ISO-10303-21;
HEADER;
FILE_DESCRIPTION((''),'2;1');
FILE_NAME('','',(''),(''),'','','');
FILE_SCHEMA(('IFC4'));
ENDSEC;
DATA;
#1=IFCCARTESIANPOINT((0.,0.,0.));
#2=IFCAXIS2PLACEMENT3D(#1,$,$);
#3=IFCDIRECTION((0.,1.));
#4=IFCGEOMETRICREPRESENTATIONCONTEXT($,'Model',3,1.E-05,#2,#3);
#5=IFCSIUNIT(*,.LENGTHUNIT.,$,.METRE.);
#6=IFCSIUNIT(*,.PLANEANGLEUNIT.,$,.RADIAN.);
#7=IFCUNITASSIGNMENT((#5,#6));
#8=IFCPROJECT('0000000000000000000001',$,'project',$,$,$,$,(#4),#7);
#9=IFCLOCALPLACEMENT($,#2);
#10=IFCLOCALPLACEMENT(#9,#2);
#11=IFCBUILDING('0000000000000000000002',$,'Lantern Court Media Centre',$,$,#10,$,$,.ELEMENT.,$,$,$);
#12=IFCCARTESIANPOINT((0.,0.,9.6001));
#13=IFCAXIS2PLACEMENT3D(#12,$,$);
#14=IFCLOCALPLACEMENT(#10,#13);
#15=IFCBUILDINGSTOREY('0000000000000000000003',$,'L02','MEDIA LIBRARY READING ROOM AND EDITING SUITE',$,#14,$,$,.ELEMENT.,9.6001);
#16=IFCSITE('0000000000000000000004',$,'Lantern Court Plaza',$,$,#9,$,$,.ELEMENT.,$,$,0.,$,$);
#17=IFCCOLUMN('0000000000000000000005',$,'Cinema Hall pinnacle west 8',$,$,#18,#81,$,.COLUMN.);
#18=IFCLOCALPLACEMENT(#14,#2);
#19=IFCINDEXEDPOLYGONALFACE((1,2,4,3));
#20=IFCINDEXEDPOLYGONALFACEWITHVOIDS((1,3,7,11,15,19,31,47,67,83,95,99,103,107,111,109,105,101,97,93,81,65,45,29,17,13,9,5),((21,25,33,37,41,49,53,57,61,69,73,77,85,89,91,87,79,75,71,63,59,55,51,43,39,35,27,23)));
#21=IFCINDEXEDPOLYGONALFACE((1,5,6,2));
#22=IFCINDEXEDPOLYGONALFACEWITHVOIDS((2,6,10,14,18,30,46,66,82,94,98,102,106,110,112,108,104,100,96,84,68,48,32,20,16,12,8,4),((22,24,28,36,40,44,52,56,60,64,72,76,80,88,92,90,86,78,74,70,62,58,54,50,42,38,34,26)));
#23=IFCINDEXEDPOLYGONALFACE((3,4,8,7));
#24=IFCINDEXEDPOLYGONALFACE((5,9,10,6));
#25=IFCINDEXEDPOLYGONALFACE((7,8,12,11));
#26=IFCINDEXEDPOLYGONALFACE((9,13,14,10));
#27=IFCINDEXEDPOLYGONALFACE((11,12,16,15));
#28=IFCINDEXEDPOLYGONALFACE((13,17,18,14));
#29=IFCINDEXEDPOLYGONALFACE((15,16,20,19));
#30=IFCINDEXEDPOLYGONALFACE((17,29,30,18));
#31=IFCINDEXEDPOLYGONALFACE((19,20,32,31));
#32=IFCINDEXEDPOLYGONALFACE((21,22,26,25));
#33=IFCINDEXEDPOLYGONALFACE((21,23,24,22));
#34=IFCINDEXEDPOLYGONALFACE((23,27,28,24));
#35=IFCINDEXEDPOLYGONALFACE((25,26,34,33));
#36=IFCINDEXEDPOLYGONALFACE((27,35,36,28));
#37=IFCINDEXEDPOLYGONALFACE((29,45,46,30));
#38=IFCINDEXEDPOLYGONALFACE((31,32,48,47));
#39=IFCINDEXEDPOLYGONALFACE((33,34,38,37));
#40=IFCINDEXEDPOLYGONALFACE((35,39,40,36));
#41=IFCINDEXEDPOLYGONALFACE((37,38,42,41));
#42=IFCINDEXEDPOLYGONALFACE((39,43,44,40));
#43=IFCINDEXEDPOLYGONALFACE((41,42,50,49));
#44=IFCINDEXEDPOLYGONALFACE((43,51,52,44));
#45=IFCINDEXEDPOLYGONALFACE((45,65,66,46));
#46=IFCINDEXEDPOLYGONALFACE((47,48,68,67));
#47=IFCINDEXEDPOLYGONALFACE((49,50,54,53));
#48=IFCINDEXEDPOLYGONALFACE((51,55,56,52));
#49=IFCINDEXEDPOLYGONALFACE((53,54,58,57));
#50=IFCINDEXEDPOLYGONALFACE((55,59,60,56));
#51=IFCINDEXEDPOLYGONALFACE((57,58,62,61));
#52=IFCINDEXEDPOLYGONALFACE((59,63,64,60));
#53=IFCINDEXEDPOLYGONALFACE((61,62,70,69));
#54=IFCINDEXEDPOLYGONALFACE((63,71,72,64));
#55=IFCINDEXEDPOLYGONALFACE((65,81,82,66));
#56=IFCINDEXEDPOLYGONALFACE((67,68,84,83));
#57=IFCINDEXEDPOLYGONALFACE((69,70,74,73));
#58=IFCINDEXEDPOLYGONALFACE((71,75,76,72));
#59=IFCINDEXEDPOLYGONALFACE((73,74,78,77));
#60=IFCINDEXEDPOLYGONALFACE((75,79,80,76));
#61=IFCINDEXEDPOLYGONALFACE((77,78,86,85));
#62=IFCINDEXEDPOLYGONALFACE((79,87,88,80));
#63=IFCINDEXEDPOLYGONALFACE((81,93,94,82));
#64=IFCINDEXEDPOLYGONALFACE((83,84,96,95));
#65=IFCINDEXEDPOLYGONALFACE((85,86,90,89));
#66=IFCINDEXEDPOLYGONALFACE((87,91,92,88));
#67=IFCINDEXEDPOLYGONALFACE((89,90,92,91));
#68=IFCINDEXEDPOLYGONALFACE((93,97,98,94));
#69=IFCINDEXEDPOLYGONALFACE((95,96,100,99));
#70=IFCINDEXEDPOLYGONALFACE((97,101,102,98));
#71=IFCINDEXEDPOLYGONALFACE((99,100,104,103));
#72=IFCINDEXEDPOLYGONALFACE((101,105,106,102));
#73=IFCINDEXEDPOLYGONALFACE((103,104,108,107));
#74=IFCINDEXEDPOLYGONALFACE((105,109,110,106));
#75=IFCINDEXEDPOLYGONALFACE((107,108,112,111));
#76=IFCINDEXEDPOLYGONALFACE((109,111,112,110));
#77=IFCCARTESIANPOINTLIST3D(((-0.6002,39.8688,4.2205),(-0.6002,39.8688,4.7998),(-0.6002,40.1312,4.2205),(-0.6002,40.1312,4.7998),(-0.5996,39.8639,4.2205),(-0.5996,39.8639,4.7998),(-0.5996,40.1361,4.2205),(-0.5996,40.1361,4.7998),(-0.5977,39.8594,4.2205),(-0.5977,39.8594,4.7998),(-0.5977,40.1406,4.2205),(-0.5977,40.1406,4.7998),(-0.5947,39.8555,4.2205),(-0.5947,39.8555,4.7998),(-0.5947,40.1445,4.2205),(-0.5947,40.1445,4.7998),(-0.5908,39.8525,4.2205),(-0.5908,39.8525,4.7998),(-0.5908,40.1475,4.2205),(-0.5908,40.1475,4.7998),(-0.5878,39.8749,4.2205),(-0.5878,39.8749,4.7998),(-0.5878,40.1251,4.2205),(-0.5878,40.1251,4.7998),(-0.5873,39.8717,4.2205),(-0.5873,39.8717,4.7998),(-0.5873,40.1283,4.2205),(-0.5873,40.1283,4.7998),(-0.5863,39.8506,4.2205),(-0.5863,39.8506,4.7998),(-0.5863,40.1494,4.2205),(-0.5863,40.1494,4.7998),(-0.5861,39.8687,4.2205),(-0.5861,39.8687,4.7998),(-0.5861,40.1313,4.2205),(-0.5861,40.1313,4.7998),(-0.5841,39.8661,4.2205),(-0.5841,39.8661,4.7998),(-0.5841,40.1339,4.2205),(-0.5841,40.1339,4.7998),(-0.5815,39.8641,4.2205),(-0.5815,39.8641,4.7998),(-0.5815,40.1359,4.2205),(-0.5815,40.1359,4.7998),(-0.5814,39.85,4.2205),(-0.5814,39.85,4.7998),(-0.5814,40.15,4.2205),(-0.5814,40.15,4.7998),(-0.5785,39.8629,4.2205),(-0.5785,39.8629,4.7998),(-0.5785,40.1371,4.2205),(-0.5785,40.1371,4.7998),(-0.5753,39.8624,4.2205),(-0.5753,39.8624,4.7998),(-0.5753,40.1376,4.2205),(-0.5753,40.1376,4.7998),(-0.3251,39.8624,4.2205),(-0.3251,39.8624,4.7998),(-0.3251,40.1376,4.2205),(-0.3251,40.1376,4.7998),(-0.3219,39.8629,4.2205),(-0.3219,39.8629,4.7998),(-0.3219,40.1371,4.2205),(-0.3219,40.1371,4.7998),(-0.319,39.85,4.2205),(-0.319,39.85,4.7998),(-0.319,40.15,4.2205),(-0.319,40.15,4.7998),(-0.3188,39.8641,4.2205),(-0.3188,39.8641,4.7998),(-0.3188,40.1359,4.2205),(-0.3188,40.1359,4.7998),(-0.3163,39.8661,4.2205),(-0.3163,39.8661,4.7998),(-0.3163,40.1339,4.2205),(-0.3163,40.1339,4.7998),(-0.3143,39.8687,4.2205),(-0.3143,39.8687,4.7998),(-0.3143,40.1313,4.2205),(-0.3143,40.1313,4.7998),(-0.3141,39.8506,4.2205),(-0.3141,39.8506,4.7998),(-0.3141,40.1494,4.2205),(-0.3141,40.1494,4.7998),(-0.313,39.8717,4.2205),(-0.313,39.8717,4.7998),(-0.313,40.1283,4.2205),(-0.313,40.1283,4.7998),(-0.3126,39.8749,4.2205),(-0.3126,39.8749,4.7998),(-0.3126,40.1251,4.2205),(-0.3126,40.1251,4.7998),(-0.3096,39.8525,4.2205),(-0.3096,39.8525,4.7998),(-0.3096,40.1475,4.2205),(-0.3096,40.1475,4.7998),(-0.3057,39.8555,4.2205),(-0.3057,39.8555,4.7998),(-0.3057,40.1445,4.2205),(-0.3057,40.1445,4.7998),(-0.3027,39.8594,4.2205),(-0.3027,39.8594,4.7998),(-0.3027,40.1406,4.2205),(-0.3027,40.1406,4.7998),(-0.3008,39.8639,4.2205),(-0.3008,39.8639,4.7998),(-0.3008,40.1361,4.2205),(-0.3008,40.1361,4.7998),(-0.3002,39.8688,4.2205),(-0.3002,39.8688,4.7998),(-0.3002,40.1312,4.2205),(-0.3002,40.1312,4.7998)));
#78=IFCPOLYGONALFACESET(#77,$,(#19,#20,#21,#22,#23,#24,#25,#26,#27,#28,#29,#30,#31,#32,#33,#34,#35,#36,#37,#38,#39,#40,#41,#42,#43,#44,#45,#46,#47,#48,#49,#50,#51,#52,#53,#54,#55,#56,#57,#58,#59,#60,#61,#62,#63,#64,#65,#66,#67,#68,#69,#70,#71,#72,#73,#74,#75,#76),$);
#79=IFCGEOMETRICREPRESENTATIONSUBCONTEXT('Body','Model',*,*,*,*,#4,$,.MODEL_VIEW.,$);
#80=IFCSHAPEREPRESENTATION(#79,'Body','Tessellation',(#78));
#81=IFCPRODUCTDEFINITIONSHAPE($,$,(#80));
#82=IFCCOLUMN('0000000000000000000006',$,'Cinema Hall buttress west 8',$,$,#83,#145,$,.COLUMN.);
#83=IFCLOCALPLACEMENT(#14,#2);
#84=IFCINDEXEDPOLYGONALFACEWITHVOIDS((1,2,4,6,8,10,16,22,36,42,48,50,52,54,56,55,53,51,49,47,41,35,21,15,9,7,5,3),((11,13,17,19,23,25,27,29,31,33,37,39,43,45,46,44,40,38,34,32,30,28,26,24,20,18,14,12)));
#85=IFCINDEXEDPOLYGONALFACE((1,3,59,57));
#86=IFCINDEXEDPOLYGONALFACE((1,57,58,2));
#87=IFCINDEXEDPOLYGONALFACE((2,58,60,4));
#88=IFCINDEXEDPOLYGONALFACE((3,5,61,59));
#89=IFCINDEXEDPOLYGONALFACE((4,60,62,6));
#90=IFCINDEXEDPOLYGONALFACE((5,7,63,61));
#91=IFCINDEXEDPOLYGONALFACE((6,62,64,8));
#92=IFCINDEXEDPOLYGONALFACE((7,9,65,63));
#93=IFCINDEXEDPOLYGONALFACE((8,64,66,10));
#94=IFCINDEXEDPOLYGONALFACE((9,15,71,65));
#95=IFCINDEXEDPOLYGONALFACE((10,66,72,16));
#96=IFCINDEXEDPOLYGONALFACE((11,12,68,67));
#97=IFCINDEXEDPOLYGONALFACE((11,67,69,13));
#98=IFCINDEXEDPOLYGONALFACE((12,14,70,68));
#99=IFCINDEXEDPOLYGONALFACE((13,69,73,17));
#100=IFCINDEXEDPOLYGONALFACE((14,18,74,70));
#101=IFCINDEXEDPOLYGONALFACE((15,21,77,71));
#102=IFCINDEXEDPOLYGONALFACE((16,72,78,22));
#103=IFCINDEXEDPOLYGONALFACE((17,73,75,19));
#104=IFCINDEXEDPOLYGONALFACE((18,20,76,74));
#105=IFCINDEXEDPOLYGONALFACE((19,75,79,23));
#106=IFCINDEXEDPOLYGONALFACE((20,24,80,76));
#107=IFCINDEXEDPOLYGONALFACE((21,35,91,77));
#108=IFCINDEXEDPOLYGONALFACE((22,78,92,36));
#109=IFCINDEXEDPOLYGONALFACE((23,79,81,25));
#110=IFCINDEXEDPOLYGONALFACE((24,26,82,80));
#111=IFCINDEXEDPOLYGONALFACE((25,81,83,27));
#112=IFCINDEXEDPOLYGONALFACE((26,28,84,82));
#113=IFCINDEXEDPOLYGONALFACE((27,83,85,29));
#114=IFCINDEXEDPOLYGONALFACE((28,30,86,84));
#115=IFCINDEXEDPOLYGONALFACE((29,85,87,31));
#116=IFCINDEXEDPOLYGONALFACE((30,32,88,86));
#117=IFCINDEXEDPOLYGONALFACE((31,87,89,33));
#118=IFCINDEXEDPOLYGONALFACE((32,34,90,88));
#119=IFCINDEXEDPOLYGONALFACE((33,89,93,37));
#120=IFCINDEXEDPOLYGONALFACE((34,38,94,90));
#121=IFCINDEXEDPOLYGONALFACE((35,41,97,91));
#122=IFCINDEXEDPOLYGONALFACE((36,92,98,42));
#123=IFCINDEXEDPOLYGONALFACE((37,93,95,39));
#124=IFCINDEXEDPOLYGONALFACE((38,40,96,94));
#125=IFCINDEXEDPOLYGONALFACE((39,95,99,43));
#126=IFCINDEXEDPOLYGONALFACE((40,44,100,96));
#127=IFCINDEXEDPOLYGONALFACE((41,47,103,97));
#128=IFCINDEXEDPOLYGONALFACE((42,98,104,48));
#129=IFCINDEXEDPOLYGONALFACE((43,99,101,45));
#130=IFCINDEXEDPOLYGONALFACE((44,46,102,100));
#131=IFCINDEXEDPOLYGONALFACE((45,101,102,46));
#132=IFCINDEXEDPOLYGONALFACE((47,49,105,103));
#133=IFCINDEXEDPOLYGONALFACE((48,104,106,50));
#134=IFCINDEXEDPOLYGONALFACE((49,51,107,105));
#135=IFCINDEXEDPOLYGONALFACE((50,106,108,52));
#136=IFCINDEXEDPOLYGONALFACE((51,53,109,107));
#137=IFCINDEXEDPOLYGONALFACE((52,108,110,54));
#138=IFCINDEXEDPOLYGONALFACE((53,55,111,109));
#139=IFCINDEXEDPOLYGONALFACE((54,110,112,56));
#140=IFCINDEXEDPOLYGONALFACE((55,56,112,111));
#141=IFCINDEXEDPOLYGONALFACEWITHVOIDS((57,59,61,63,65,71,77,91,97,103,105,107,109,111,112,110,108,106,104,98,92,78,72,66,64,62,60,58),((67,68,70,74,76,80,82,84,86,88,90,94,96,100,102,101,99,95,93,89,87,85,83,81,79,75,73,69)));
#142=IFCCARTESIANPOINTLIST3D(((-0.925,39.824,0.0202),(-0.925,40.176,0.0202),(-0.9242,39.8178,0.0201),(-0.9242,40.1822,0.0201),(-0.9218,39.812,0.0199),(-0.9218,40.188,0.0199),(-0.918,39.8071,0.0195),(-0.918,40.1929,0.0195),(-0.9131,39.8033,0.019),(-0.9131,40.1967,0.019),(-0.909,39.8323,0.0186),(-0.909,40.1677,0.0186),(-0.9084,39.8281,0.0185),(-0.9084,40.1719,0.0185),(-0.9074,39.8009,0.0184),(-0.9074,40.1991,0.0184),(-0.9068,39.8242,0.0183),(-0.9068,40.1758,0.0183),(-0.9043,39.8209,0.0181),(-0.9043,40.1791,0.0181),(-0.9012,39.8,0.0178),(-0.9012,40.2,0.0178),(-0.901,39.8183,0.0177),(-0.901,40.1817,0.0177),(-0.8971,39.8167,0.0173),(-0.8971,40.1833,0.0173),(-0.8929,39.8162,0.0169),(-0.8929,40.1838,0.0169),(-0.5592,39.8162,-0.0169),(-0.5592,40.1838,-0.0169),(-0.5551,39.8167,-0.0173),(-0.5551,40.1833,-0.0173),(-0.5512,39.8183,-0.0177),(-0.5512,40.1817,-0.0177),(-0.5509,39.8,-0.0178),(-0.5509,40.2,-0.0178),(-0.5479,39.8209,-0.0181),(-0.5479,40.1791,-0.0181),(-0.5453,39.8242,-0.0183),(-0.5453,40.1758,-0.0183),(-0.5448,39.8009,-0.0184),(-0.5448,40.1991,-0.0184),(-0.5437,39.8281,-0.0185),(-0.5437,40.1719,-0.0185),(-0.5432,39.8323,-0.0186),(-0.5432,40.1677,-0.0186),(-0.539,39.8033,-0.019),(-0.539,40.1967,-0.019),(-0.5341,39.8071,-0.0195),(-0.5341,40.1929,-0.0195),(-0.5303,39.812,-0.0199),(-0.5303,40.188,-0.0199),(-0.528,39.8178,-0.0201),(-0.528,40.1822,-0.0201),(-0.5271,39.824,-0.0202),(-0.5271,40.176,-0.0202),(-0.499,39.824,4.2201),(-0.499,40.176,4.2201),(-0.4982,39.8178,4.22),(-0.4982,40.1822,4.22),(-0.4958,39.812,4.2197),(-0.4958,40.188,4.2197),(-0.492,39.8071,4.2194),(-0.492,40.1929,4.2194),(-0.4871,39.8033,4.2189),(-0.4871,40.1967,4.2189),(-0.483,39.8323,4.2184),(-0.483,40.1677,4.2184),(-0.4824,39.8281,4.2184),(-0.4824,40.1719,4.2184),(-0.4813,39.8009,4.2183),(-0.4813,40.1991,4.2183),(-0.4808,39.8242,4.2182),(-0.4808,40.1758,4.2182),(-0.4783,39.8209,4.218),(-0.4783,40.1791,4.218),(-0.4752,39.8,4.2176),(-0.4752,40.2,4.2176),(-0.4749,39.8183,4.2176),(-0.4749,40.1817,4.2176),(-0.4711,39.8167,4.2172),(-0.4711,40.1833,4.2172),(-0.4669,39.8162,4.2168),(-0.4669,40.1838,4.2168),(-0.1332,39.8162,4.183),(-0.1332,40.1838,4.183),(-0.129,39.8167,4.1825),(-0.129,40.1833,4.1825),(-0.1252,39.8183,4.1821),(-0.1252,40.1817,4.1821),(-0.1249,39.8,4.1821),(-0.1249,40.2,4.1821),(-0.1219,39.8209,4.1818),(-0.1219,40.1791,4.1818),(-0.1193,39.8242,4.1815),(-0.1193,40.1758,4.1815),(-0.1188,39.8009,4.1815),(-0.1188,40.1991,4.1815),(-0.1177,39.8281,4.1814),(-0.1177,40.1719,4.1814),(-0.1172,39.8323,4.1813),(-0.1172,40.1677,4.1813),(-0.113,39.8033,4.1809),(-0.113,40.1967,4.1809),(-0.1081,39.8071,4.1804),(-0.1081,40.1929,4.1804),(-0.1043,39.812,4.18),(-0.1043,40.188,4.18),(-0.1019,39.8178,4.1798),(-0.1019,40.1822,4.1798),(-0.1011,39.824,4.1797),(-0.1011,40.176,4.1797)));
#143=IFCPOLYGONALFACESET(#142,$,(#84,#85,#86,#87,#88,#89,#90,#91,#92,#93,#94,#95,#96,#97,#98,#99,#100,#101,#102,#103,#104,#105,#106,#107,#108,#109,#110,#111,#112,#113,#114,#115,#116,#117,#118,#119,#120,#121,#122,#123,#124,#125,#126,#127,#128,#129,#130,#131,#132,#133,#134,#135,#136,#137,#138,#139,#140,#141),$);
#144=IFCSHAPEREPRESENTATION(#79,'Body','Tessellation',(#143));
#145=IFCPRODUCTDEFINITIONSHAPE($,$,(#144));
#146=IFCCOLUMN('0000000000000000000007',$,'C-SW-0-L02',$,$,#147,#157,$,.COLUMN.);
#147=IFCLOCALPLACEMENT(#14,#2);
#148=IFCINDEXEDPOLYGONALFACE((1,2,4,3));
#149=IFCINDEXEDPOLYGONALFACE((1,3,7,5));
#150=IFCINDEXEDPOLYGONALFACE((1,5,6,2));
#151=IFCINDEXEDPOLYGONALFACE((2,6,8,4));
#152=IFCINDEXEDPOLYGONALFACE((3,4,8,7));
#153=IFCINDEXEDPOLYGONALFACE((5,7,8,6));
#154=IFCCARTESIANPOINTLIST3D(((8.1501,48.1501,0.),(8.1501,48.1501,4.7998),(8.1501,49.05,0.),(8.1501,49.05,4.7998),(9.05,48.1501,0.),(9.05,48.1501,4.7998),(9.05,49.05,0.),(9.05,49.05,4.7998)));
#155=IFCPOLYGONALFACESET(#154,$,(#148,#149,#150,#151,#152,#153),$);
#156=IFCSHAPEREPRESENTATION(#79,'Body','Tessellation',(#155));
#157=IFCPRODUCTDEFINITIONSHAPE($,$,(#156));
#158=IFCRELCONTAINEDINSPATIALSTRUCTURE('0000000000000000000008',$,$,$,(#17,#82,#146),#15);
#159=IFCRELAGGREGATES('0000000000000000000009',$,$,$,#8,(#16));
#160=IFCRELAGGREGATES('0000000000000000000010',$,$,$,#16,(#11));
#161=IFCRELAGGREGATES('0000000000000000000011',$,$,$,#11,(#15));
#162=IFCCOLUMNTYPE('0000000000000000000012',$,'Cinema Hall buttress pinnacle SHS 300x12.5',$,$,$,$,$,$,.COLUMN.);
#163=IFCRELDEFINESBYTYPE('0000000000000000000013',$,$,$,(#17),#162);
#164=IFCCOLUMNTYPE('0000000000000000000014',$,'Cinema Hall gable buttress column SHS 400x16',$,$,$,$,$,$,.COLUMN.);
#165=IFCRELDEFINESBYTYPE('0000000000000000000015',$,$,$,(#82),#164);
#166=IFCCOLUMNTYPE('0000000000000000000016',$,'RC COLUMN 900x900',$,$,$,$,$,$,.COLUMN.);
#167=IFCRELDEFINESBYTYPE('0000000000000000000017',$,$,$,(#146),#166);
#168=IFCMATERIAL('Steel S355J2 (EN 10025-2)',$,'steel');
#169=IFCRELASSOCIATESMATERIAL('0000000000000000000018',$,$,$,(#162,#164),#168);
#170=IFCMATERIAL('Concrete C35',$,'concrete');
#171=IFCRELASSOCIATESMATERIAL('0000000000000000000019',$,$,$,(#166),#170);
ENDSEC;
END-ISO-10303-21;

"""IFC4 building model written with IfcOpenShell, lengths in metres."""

from ifc_helpers import new_model, si_unit, direction, frame, origin, origin_2d, place, context, subcontext, project, spatial, rectangle, hollow_rectangle, extrude, material, material_profile, profile_set, type_object, element, save


model = new_model("IFC4")

# Units and contexts
model_context = context("Model", 3, precision=1e-05, world=origin(), true_north=direction((0.0, 1.0)))
body_context = subcontext(model_context, "Body", "Model", "MODEL_VIEW")
ifc_project = project(units=[si_unit("LENGTHUNIT", "METRE"), si_unit("PLANEANGLEUNIT", "RADIAN")], contexts=[model_context])

# Site, building, storey
site_placement = place(None, origin())
site = spatial("IfcSite", under=ifc_project, at=site_placement, Name="Lantern Court Plaza", CompositionType="ELEMENT", RefElevation=0.0)
building_placement = place(site_placement, origin())
building = spatial("IfcBuilding", under=site, at=building_placement, Name="Lantern Court Media Centre", CompositionType="ELEMENT")
storey_placement = place(building_placement, frame((0.0, 0.0, 9.6001)))
storey = spatial("IfcBuildingStorey", under=building, at=storey_placement, Name="L02", Description="MEDIA LIBRARY READING ROOM AND EDITING SUITE", CompositionType="ELEMENT", Elevation=9.6001)

# Columns
ifc_material_1 = material(Name="Steel S355J2 (EN 10025-2)", Category="steel")
ifc_material_profile_1 = material_profile(ifc_material_1, hollow_rectangle(XDim=0.3, YDim=0.3, WallThickness=0.0125, InnerFilletRadius=0.0125, OuterFilletRadius=0.0188, at=origin_2d()), Name="Cinema Hall buttress pinnacle SHS 300x12.5")
ifc_profile_set_1 = profile_set([ifc_material_profile_1], Name="Steel S355J2 (EN 10025-2)")
column_type_1 = type_object("IfcColumnType", Name="Cinema Hall buttress pinnacle SHS 300x12.5", PredefinedType="COLUMN", material=ifc_profile_set_1)
column_1_placement = place(storey_placement, frame((-0.4502, 40.0, 4.2205), z_axis=(0.0, 0.0, 1.0), x_axis=(1.0, 0.0, 0.0)))
element("IfcColumn", 1, at=column_1_placement, inside=storey, type_object=column_type_1, Name="Cinema Hall pinnacle west 8", PredefinedType="COLUMN", context=body_context, shape_type="SweptSolid", body=[
    extrude(hollow_rectangle(XDim=0.3, YDim=0.3, WallThickness=0.0125, InnerFilletRadius=0.0125, OuterFilletRadius=0.0188, at=origin_2d()), origin(), (0.0, 0.0, 1.0), 0.5793),
])
ifc_material_profile_2 = material_profile(ifc_material_1, hollow_rectangle(XDim=0.3999, YDim=0.3999, WallThickness=0.0161, InnerFilletRadius=0.0161, OuterFilletRadius=0.0239, at=origin_2d()), Name="Cinema Hall gable buttress column SHS 400x16")
ifc_profile_set_2 = profile_set([ifc_material_profile_2], Name="Steel S355J2 (EN 10025-2)")
column_type_2 = type_object("IfcColumnType", Name="Cinema Hall gable buttress column SHS 400x16", PredefinedType="COLUMN", material=ifc_profile_set_2)
column_2_placement = place(storey_placement, frame((-0.7261, 40.0, 0.0), z_axis=(0.100918, 0.0, 0.994895), x_axis=(0.0, 1.0, 0.0)))
element("IfcColumn", 2, at=column_2_placement, inside=storey, type_object=column_type_2, Name="Cinema Hall buttress west 8", PredefinedType="COLUMN", context=body_context, shape_type="SweptSolid", body=[
    extrude(hollow_rectangle(XDim=0.3999, YDim=0.3999, WallThickness=0.0161, InnerFilletRadius=0.0161, OuterFilletRadius=0.0239, at=origin_2d()), origin(), (0.0, 0.0, 1.0), 4.2214),
])
ifc_material_2 = material(Name="Concrete C35", Category="concrete")
ifc_material_profile_3 = material_profile(ifc_material_2, rectangle(XDim=0.8999, YDim=0.8999, at=origin_2d()), Name="RC 900x900")
ifc_profile_set_3 = profile_set([ifc_material_profile_3], Name="Concrete C35")
column_type_3 = type_object("IfcColumnType", Name="RC COLUMN 900x900", PredefinedType="COLUMN", material=ifc_profile_set_3)
column_3_placement = place(storey_placement, frame((8.6001, 48.6001, 0.0), z_axis=(0.0, 0.0, 1.0), x_axis=(1.0, 0.0, 0.0)))
element("IfcColumn", 3, at=column_3_placement, inside=storey, type_object=column_type_3, Name="C-SW-0-L02", PredefinedType="COLUMN", context=body_context, shape_type="SweptSolid", body=[
    extrude(rectangle(XDim=0.8999, YDim=0.8999, at=origin_2d()), origin(), (0.0, 0.0, 1.0), 4.7998),
])

save(model, "model.ifc")
